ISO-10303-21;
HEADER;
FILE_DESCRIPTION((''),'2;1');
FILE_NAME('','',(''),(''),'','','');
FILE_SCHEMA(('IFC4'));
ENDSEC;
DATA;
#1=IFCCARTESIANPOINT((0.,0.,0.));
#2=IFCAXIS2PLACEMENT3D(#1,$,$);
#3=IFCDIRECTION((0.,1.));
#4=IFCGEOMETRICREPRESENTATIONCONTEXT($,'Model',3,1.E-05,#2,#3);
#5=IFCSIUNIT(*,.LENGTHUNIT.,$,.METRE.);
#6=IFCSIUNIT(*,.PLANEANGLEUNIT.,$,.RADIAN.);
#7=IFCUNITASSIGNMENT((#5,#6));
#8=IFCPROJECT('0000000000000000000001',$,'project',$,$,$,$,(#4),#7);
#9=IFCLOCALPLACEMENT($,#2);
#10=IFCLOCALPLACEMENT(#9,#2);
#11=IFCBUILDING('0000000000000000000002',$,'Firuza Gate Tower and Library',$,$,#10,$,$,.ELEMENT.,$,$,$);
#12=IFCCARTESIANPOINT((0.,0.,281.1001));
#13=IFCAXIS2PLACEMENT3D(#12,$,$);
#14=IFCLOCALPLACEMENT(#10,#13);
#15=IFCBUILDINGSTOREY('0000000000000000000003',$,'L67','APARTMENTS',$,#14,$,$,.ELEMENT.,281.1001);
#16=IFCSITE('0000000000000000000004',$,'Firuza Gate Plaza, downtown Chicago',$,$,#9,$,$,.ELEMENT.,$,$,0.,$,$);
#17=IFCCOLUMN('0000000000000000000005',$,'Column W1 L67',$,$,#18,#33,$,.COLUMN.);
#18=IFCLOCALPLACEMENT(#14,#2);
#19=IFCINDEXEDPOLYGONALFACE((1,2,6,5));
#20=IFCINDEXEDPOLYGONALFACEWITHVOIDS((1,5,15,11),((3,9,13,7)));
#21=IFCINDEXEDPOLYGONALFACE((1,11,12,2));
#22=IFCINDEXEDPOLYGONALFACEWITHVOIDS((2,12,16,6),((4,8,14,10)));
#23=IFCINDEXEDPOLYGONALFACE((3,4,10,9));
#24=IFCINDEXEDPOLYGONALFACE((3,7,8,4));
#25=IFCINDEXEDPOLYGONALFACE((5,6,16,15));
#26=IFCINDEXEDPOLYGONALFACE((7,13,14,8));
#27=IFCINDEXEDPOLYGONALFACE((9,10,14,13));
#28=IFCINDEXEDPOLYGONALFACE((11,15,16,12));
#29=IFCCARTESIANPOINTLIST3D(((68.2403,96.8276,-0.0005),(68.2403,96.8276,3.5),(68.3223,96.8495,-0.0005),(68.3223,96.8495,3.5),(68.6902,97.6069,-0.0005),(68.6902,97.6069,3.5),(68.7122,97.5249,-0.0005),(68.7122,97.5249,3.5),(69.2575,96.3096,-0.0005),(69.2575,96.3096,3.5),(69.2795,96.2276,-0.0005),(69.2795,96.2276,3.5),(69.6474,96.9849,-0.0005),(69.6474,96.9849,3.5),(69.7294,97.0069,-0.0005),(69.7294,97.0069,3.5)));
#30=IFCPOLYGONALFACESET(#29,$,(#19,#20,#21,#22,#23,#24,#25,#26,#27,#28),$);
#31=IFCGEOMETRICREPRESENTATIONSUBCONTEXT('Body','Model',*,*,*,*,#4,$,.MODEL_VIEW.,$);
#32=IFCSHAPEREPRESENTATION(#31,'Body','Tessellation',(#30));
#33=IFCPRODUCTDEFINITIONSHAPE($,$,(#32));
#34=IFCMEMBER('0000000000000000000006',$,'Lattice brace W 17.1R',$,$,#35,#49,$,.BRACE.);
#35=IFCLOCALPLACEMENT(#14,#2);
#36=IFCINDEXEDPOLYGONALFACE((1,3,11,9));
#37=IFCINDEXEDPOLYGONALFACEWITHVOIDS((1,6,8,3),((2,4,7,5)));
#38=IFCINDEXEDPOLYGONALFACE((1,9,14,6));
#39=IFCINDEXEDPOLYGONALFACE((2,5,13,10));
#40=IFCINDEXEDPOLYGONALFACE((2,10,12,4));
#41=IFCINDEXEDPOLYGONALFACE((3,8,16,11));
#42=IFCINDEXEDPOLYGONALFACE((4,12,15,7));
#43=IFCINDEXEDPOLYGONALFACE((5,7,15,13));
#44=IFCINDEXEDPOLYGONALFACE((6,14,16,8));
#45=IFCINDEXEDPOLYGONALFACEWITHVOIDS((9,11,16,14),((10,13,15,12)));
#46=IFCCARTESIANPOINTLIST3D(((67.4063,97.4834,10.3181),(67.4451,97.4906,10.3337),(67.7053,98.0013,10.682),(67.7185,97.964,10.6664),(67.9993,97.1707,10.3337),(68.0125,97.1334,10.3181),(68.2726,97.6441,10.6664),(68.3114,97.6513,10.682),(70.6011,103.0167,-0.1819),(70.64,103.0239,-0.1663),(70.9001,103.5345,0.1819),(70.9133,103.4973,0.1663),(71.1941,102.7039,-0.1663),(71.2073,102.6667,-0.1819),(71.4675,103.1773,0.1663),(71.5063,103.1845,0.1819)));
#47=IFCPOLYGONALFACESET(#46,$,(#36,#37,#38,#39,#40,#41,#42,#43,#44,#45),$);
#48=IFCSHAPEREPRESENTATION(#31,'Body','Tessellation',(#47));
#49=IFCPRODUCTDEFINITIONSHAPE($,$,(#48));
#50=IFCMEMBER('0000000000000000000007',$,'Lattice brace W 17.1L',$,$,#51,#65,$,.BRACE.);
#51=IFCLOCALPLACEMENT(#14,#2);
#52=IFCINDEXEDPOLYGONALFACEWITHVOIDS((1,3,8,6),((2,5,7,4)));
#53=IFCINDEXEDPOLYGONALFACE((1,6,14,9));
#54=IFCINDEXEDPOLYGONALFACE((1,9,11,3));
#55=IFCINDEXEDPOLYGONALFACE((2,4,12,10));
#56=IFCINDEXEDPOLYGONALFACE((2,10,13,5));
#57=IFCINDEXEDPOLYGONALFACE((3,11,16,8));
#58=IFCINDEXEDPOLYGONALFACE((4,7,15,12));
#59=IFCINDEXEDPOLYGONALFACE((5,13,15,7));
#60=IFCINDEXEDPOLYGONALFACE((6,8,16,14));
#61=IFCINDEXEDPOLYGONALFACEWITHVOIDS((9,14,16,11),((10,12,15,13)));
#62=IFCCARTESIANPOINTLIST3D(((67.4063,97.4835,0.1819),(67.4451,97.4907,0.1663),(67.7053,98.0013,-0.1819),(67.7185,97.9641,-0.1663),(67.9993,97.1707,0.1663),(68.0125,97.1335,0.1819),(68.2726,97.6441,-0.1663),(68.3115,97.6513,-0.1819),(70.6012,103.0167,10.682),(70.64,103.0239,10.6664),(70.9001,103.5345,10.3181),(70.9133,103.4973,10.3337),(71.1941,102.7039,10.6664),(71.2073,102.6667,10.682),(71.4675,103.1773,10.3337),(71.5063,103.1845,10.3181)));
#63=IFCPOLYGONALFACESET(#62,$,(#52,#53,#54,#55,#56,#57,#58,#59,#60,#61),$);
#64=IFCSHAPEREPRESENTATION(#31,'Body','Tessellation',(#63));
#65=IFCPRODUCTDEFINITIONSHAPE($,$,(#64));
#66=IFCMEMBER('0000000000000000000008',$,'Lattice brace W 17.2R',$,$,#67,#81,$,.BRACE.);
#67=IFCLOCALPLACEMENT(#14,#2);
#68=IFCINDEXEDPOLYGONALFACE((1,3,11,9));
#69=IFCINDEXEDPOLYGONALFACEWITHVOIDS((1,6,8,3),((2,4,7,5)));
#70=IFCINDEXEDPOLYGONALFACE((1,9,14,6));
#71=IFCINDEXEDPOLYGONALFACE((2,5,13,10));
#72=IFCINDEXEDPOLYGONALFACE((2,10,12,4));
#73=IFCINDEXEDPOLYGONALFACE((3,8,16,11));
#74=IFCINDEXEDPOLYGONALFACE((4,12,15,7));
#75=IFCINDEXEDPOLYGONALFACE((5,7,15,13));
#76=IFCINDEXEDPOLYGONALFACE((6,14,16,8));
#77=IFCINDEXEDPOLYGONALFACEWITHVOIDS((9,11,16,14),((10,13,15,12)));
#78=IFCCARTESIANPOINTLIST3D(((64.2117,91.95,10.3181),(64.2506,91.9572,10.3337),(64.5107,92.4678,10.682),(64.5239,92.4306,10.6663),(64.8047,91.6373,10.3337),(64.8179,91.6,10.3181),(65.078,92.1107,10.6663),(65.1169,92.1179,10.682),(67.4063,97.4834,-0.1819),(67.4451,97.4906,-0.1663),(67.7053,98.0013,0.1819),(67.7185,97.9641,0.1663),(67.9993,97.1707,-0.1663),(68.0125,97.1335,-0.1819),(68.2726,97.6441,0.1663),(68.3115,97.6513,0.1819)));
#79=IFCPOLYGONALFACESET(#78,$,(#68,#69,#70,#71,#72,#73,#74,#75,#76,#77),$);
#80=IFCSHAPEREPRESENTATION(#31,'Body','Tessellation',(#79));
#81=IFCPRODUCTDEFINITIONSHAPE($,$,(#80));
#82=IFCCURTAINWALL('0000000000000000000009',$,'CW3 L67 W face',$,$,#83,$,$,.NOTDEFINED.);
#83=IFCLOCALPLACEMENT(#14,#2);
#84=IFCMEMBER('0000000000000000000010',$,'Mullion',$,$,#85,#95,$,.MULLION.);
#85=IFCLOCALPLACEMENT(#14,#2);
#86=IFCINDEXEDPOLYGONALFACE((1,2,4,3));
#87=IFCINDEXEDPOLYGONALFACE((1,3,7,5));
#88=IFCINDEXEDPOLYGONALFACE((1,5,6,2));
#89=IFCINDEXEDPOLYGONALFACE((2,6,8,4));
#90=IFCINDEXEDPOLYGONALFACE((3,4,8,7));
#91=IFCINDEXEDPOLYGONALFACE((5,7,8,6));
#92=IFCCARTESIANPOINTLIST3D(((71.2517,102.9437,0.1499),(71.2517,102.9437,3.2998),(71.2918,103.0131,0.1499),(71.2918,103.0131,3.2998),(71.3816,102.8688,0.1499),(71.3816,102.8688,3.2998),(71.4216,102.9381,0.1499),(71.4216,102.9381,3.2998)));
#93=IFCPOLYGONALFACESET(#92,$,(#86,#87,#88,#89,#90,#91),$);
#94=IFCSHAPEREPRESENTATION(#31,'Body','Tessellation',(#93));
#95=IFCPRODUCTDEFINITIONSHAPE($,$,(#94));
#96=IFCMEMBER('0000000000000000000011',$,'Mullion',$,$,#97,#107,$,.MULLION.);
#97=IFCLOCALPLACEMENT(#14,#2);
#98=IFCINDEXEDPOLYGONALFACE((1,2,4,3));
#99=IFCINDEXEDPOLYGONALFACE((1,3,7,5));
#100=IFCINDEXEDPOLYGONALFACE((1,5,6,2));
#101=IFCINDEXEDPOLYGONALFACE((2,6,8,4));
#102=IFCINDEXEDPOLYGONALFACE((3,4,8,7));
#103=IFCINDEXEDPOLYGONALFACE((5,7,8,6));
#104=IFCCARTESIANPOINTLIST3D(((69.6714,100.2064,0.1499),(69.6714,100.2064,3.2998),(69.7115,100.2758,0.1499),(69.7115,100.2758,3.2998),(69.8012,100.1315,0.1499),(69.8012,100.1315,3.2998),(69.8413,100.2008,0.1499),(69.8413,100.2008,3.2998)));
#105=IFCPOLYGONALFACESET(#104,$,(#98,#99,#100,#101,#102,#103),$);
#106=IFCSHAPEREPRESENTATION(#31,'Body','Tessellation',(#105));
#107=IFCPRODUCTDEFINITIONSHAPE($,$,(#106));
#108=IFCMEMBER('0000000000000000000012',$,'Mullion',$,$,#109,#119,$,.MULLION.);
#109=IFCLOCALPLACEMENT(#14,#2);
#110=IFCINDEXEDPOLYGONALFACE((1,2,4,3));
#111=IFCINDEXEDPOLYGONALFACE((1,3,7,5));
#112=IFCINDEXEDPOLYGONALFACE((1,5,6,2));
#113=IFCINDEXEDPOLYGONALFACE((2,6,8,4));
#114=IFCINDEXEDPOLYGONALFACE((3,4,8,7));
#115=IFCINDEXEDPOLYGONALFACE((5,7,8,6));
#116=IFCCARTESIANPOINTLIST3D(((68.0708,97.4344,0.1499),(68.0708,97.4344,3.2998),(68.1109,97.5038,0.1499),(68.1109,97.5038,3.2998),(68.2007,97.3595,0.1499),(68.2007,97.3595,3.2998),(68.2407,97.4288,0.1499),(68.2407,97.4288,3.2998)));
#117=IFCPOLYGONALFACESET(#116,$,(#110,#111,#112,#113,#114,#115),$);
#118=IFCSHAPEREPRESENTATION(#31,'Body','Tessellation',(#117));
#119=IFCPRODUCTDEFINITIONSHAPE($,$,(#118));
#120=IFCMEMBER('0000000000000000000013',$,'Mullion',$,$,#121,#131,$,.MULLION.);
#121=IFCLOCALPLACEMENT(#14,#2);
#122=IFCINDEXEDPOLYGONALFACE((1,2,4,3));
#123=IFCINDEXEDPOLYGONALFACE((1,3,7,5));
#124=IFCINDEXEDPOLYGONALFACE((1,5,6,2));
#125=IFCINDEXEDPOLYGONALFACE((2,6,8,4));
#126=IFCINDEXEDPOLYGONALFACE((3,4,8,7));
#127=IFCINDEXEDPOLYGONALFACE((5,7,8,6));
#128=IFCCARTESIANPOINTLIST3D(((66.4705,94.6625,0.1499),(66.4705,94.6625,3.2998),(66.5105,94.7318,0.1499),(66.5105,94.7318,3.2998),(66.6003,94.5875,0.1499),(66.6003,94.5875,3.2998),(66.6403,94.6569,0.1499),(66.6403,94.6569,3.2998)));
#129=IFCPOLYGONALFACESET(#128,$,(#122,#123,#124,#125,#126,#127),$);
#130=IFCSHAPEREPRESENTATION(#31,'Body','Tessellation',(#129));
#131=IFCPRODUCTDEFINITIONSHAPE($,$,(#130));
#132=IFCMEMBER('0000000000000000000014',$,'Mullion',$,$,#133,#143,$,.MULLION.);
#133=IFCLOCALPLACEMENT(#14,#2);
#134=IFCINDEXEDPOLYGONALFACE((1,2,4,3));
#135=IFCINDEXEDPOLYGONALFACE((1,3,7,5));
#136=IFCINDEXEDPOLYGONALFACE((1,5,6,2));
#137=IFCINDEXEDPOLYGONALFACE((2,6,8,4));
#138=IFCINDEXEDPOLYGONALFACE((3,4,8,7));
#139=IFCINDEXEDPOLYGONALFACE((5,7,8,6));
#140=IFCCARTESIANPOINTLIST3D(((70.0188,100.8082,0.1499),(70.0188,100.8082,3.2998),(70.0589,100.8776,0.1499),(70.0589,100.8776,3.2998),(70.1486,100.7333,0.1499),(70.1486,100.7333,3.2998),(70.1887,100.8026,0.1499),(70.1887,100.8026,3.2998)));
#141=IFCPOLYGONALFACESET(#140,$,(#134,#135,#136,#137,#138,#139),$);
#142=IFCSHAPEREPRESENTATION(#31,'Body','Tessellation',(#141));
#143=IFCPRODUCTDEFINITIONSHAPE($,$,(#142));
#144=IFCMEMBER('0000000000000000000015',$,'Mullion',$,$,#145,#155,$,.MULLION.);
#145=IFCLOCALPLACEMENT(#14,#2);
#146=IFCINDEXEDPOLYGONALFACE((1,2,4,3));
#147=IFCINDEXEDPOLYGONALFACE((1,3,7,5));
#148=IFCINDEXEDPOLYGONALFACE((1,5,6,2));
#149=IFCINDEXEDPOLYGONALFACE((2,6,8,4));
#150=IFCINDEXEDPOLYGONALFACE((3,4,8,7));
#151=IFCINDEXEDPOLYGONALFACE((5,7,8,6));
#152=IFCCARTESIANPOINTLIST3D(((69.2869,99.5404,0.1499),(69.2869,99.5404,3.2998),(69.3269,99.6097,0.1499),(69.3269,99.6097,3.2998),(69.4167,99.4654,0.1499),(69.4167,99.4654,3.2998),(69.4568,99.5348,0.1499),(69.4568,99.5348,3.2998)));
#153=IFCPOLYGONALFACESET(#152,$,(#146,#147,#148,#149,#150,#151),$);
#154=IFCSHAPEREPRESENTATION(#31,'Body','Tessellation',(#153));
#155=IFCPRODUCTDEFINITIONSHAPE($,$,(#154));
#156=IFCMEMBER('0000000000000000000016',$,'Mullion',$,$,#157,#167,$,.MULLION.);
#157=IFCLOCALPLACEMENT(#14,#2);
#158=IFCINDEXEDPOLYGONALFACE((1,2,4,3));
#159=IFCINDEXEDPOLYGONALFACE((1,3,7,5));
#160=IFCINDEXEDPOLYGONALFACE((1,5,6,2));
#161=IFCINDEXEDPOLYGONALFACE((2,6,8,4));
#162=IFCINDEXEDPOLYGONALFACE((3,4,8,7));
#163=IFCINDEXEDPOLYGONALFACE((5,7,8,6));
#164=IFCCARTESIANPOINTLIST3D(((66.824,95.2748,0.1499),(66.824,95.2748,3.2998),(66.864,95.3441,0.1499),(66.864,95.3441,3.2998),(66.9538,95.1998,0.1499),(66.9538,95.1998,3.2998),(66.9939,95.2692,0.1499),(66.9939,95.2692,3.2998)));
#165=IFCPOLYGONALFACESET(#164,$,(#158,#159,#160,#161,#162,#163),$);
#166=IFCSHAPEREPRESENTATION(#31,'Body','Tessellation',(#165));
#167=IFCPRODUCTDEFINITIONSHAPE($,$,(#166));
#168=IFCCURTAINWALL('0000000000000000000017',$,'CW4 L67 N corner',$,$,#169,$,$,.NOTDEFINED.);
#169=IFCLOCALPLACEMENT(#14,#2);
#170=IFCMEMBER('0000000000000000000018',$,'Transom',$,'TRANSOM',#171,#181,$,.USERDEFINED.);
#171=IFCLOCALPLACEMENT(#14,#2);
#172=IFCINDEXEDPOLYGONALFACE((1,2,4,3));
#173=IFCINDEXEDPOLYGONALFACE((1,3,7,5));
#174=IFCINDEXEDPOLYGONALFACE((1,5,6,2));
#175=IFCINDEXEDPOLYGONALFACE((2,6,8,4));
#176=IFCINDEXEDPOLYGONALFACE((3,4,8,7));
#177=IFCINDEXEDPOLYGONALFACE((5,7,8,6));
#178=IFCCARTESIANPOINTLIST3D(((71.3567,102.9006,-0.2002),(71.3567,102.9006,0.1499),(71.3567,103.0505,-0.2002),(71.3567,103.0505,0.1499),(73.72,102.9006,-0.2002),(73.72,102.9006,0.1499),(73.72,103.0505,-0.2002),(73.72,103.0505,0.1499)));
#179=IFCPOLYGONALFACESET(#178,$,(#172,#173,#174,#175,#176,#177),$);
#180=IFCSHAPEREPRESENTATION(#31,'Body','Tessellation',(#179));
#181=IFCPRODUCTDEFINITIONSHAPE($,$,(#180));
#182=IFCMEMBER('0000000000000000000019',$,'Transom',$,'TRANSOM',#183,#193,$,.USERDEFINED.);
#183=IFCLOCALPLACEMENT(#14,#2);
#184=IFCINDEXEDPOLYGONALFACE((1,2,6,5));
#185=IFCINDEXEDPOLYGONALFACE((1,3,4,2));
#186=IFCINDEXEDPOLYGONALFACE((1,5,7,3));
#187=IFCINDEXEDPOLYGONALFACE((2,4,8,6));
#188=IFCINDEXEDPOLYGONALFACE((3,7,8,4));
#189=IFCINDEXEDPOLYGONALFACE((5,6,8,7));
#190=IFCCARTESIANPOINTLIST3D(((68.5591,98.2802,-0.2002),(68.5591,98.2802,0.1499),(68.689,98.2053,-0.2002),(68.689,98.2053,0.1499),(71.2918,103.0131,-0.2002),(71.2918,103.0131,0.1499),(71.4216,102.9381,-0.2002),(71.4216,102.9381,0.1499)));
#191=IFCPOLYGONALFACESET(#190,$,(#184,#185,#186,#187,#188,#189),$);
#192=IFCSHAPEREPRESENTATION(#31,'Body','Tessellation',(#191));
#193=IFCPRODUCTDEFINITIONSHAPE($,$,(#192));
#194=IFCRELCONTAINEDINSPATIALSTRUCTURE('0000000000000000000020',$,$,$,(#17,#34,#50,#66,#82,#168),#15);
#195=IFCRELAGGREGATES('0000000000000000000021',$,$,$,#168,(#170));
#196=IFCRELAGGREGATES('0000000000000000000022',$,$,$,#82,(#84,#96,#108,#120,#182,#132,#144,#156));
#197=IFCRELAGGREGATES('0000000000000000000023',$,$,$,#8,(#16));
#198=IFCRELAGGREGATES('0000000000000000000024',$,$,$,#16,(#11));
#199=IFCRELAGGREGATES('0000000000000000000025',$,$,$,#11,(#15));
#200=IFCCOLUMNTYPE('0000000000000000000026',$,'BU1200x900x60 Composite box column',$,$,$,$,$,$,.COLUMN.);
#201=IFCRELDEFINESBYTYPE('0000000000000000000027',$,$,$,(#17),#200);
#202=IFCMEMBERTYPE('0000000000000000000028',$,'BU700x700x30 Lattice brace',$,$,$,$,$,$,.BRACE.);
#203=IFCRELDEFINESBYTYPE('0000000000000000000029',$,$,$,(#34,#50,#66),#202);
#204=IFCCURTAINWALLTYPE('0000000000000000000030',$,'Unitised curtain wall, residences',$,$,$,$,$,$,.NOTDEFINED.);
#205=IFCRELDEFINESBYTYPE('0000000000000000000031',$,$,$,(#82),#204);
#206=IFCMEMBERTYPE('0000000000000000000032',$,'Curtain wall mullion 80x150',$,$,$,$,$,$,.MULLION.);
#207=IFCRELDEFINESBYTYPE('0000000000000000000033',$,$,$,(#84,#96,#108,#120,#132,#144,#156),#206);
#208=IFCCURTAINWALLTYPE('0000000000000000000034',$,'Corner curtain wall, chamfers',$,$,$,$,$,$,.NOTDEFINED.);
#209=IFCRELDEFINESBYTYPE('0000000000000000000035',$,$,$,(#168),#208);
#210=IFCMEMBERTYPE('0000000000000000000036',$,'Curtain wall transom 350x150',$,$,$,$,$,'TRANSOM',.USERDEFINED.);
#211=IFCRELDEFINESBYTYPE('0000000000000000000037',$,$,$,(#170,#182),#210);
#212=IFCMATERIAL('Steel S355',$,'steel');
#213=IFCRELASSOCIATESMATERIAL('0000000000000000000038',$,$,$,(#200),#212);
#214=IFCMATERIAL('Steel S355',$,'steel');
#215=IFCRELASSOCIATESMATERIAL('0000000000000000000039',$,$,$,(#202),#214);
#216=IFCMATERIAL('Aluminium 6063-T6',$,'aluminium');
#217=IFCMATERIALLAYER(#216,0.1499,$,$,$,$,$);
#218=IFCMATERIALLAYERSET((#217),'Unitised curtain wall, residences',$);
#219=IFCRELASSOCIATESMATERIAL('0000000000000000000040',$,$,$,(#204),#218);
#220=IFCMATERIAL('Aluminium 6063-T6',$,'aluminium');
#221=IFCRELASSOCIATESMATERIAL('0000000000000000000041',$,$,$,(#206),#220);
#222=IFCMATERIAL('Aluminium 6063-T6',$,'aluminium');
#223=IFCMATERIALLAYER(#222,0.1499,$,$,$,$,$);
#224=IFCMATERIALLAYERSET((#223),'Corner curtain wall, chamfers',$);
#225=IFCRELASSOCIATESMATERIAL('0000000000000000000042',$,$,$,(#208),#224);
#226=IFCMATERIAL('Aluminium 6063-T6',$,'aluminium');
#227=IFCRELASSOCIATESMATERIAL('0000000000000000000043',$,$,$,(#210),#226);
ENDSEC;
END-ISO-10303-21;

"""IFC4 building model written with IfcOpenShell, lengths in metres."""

from ifc_helpers import new_model, si_unit, direction, frame, origin, origin_2d, place, context, subcontext, project, spatial, rectangle, hollow_rectangle, extrude, material, layer, layer_set, material_profile, profile_set, type_object, element, aggregate, save


model = new_model("IFC4")

# Units and contexts
model_context = context("Model", 3, precision=1e-05, world=origin(), true_north=direction((0.0, 1.0)))
body_context = subcontext(model_context, "Body", "Model", "MODEL_VIEW")
ifc_project = project(units=[si_unit("LENGTHUNIT", "METRE"), si_unit("PLANEANGLEUNIT", "RADIAN")], contexts=[model_context])

# Site, building, storey
site_placement = place(None, origin())
site = spatial("IfcSite", under=ifc_project, at=site_placement, Name="Firuza Gate Plaza, downtown Chicago", CompositionType="ELEMENT", RefElevation=0.0)
building_placement = place(site_placement, origin())
building = spatial("IfcBuilding", under=site, at=building_placement, Name="Firuza Gate Tower and Library", CompositionType="ELEMENT")
storey_placement = place(building_placement, frame((0.0, 0.0, 281.1001)))
storey = spatial("IfcBuildingStorey", under=building, at=storey_placement, Name="L67", Description="APARTMENTS", CompositionType="ELEMENT", Elevation=281.1001)

# Column
ifc_material_1 = material(Name="Steel S355", Category="steel")
ifc_material_profile_1 = material_profile(ifc_material_1, hollow_rectangle(XDim=0.8999, YDim=1.2, WallThickness=0.0601, at=origin_2d()))
ifc_profile_set_1 = profile_set([ifc_material_profile_1], Name="Steel S355")
column_type = type_object("IfcColumnType", Name="BU1200x900x60 Composite box column", PredefinedType="COLUMN", material=ifc_profile_set_1)
column_placement = place(storey_placement, frame((68.9849, 96.9172, -0.0005), z_axis=(0.0, 0.0, 1.0), x_axis=(-0.5, -0.866025, 0.0)))
element("IfcColumn", 1, at=column_placement, inside=storey, type_object=column_type, Name="Column W1 L67", PredefinedType="COLUMN", context=body_context, shape_type="SweptSolid", body=[
    extrude(hollow_rectangle(XDim=0.8999, YDim=1.2, WallThickness=0.0601, at=origin_2d()), origin(), (0.0, 0.0, 1.0), 3.5005),
])

# Members
ifc_material_2 = material(Name="Steel S355", Category="steel")
ifc_material_profile_2 = material_profile(ifc_material_2, hollow_rectangle(XDim=0.7, YDim=0.7, WallThickness=0.03, at=origin_2d()))
ifc_profile_set_2 = profile_set([ifc_material_profile_2], Name="Steel S355")
member_type_1 = type_object("IfcMemberType", Name="BU700x700x30 Lattice brace", PredefinedType="BRACE", material=ifc_profile_set_2)
for number, where, z_axis, x_axis, name in (
    (2, (71.0537, 103.1006, 0.0), (-0.259928, -0.450177, 0.854271), (0.86601, -0.500027, 0.0), "Lattice brace W 17.1R"),
    (3, (67.8589, 97.5674, 0.0), (0.259928, 0.450177, 0.854271), (-0.86601, 0.500027, 0.0), "Lattice brace W 17.1L"),
    (4, (67.8589, 97.5674, 0.0), (-0.259907, -0.450195, 0.854268), (0.866036, -0.499982, 0.0), "Lattice brace W 17.2R"),
):
    element("IfcMember", number, at=place(storey_placement, frame(where, z_axis=z_axis, x_axis=x_axis)), inside=storey, type_object=member_type_1, Name=name, PredefinedType="BRACE", context=body_context, shape_type="SweptSolid", body=[
        extrude(hollow_rectangle(XDim=0.7, YDim=0.7, WallThickness=0.03, at=origin_2d()), origin(), (0.0, 0.0, 1.0), 12.2913),
    ])

# Curtain wall, members
ifc_material_3 = material(Name="Aluminium 6063-T6", Category="aluminium")
ifc_layer_1 = layer(ifc_material_3, 0.1499)
ifc_layer_set_1 = layer_set([ifc_layer_1], Name="Unitised curtain wall, residences")
curtain_wall_type_1 = type_object("IfcCurtainWallType", Name="Unitised curtain wall, residences", PredefinedType="NOTDEFINED", material=ifc_layer_set_1)
placement = place(storey_placement, origin())
curtain_wall_1 = element("IfcCurtainWall", 5, at=placement, inside=storey, type_object=curtain_wall_type_1, Name="CW3 L67 W face", PredefinedType="NOTDEFINED")
ifc_material_4 = material(Name="Aluminium 6063-T6", Category="aluminium")
ifc_material_profile_3 = material_profile(ifc_material_4, rectangle(XDim=0.1499, YDim=0.0801, at=origin_2d()))
ifc_profile_set_3 = profile_set([ifc_material_profile_3], Name="Aluminium 6063-T6")
member_type_2 = type_object("IfcMemberType", Name="Curtain wall mullion 80x150", PredefinedType="MULLION", material=ifc_profile_set_3)
member_1_placement = place(storey_placement, frame((71.3367, 102.9409, 0.1499), z_axis=(0.0, 0.0, 1.0), x_axis=(0.866025, -0.5, 0.0)))
member_1 = element("IfcMember", 6, at=member_1_placement, type_object=member_type_2, Name="Mullion", PredefinedType="MULLION", context=body_context, shape_type="SweptSolid", body=[
    extrude(rectangle(XDim=0.1499, YDim=0.0801, at=origin_2d()), origin(), (0.0, 0.0, 1.0), 3.1499),
])
member_2_placement = place(storey_placement, frame((69.7563, 100.2036, 0.1499), z_axis=(0.0, 0.0, 1.0), x_axis=(0.866025, -0.5, 0.0)))
member_2 = element("IfcMember", 7, at=member_2_placement, type_object=member_type_2, Name="Mullion", PredefinedType="MULLION", context=body_context, shape_type="SweptSolid", body=[
    extrude(rectangle(XDim=0.1499, YDim=0.0801, at=origin_2d()), origin(), (0.0, 0.0, 1.0), 3.1499),
])
member_3_placement = place(storey_placement, frame((68.1558, 97.4316, 0.1499), z_axis=(0.0, 0.0, 1.0), x_axis=(0.866025, -0.5, 0.0)))
member_3 = element("IfcMember", 8, at=member_3_placement, type_object=member_type_2, Name="Mullion", PredefinedType="MULLION", context=body_context, shape_type="SweptSolid", body=[
    extrude(rectangle(XDim=0.1499, YDim=0.0801, at=origin_2d()), origin(), (0.0, 0.0, 1.0), 3.1499),
])
member_4_placement = place(storey_placement, frame((66.5554, 94.6597, 0.1499), z_axis=(0.0, 0.0, 1.0), x_axis=(0.866025, -0.5, 0.0)))
member_4 = element("IfcMember", 9, at=member_4_placement, type_object=member_type_2, Name="Mullion", PredefinedType="MULLION", context=body_context, shape_type="SweptSolid", body=[
    extrude(rectangle(XDim=0.1499, YDim=0.0801, at=origin_2d()), origin(), (0.0, 0.0, 1.0), 3.1499),
])
member_5_placement = place(storey_placement, frame((70.1038, 100.8054, 0.1499), z_axis=(0.0, 0.0, 1.0), x_axis=(0.866025, -0.5, 0.0)))
member_5 = element("IfcMember", 10, at=member_5_placement, type_object=member_type_2, Name="Mullion", PredefinedType="MULLION", context=body_context, shape_type="SweptSolid", body=[
    extrude(rectangle(XDim=0.1499, YDim=0.0801, at=origin_2d()), origin(), (0.0, 0.0, 1.0), 3.1499),
])
member_6_placement = place(storey_placement, frame((69.3718, 99.5376, 0.1499), z_axis=(0.0, 0.0, 1.0), x_axis=(0.866025, -0.5, 0.0)))
member_6 = element("IfcMember", 11, at=member_6_placement, type_object=member_type_2, Name="Mullion", PredefinedType="MULLION", context=body_context, shape_type="SweptSolid", body=[
    extrude(rectangle(XDim=0.1499, YDim=0.0801, at=origin_2d()), origin(), (0.0, 0.0, 1.0), 3.1499),
])
member_7_placement = place(storey_placement, frame((66.9089, 95.272, 0.1499), z_axis=(0.0, 0.0, 1.0), x_axis=(0.866025, -0.5, 0.0)))
member_7 = element("IfcMember", 12, at=member_7_placement, type_object=member_type_2, Name="Mullion", PredefinedType="MULLION", context=body_context, shape_type="SweptSolid", body=[
    extrude(rectangle(XDim=0.1499, YDim=0.0801, at=origin_2d()), origin(), (0.0, 0.0, 1.0), 3.1499),
])

# Curtain wall, member
ifc_material_5 = material(Name="Aluminium 6063-T6", Category="aluminium")
ifc_layer_2 = layer(ifc_material_5, 0.1499)
ifc_layer_set_2 = layer_set([ifc_layer_2], Name="Corner curtain wall, chamfers")
curtain_wall_type_2 = type_object("IfcCurtainWallType", Name="Corner curtain wall, chamfers", PredefinedType="NOTDEFINED", material=ifc_layer_set_2)
curtain_wall_2 = element("IfcCurtainWall", 13, at=placement, inside=storey, type_object=curtain_wall_type_2, Name="CW4 L67 N corner", PredefinedType="NOTDEFINED")
ifc_material_6 = material(Name="Aluminium 6063-T6", Category="aluminium")
ifc_material_profile_4 = material_profile(ifc_material_6, rectangle(XDim=0.1499, YDim=0.3501, at=origin_2d()))
ifc_profile_set_4 = profile_set([ifc_material_profile_4], Name="Aluminium 6063-T6")
member_type_3 = type_object("IfcMemberType", Name="Curtain wall transom 350x150", ElementType="TRANSOM", PredefinedType="USERDEFINED", material=ifc_profile_set_4)
member_8_placement = place(storey_placement, frame((73.72, 102.9756, -0.0251), z_axis=(-1.0, 0.0, 0.0), x_axis=(0.0, -1.0, 0.0)))
member_8 = element("IfcMember", 14, at=member_8_placement, type_object=member_type_3, Name="Transom", ObjectType="TRANSOM", PredefinedType="USERDEFINED", context=body_context, shape_type="SweptSolid", body=[
    extrude(rectangle(XDim=0.1499, YDim=0.3501, at=origin_2d()), origin(), (0.0, 0.0, 1.0), 2.3633),
])
aggregate(curtain_wall_2, [member_8])

# Member
member_9_placement = place(storey_placement, frame((71.3567, 102.9756, -0.0251), z_axis=(-0.500016, -0.866016, 0.0), x_axis=(0.866016, -0.500016, 0.0)))
member_9 = element("IfcMember", 15, at=member_9_placement, type_object=member_type_3, Name="Transom", ObjectType="TRANSOM", PredefinedType="USERDEFINED", context=body_context, shape_type="SweptSolid", body=[
    extrude(rectangle(XDim=0.1499, YDim=0.3501, at=origin_2d()), origin(), (0.0, 0.0, 1.0), 5.4651),
])

aggregate(curtain_wall_1, [member_1, member_2, member_3, member_4, member_9, member_5, member_6, member_7])

save(model, "model.ifc")
